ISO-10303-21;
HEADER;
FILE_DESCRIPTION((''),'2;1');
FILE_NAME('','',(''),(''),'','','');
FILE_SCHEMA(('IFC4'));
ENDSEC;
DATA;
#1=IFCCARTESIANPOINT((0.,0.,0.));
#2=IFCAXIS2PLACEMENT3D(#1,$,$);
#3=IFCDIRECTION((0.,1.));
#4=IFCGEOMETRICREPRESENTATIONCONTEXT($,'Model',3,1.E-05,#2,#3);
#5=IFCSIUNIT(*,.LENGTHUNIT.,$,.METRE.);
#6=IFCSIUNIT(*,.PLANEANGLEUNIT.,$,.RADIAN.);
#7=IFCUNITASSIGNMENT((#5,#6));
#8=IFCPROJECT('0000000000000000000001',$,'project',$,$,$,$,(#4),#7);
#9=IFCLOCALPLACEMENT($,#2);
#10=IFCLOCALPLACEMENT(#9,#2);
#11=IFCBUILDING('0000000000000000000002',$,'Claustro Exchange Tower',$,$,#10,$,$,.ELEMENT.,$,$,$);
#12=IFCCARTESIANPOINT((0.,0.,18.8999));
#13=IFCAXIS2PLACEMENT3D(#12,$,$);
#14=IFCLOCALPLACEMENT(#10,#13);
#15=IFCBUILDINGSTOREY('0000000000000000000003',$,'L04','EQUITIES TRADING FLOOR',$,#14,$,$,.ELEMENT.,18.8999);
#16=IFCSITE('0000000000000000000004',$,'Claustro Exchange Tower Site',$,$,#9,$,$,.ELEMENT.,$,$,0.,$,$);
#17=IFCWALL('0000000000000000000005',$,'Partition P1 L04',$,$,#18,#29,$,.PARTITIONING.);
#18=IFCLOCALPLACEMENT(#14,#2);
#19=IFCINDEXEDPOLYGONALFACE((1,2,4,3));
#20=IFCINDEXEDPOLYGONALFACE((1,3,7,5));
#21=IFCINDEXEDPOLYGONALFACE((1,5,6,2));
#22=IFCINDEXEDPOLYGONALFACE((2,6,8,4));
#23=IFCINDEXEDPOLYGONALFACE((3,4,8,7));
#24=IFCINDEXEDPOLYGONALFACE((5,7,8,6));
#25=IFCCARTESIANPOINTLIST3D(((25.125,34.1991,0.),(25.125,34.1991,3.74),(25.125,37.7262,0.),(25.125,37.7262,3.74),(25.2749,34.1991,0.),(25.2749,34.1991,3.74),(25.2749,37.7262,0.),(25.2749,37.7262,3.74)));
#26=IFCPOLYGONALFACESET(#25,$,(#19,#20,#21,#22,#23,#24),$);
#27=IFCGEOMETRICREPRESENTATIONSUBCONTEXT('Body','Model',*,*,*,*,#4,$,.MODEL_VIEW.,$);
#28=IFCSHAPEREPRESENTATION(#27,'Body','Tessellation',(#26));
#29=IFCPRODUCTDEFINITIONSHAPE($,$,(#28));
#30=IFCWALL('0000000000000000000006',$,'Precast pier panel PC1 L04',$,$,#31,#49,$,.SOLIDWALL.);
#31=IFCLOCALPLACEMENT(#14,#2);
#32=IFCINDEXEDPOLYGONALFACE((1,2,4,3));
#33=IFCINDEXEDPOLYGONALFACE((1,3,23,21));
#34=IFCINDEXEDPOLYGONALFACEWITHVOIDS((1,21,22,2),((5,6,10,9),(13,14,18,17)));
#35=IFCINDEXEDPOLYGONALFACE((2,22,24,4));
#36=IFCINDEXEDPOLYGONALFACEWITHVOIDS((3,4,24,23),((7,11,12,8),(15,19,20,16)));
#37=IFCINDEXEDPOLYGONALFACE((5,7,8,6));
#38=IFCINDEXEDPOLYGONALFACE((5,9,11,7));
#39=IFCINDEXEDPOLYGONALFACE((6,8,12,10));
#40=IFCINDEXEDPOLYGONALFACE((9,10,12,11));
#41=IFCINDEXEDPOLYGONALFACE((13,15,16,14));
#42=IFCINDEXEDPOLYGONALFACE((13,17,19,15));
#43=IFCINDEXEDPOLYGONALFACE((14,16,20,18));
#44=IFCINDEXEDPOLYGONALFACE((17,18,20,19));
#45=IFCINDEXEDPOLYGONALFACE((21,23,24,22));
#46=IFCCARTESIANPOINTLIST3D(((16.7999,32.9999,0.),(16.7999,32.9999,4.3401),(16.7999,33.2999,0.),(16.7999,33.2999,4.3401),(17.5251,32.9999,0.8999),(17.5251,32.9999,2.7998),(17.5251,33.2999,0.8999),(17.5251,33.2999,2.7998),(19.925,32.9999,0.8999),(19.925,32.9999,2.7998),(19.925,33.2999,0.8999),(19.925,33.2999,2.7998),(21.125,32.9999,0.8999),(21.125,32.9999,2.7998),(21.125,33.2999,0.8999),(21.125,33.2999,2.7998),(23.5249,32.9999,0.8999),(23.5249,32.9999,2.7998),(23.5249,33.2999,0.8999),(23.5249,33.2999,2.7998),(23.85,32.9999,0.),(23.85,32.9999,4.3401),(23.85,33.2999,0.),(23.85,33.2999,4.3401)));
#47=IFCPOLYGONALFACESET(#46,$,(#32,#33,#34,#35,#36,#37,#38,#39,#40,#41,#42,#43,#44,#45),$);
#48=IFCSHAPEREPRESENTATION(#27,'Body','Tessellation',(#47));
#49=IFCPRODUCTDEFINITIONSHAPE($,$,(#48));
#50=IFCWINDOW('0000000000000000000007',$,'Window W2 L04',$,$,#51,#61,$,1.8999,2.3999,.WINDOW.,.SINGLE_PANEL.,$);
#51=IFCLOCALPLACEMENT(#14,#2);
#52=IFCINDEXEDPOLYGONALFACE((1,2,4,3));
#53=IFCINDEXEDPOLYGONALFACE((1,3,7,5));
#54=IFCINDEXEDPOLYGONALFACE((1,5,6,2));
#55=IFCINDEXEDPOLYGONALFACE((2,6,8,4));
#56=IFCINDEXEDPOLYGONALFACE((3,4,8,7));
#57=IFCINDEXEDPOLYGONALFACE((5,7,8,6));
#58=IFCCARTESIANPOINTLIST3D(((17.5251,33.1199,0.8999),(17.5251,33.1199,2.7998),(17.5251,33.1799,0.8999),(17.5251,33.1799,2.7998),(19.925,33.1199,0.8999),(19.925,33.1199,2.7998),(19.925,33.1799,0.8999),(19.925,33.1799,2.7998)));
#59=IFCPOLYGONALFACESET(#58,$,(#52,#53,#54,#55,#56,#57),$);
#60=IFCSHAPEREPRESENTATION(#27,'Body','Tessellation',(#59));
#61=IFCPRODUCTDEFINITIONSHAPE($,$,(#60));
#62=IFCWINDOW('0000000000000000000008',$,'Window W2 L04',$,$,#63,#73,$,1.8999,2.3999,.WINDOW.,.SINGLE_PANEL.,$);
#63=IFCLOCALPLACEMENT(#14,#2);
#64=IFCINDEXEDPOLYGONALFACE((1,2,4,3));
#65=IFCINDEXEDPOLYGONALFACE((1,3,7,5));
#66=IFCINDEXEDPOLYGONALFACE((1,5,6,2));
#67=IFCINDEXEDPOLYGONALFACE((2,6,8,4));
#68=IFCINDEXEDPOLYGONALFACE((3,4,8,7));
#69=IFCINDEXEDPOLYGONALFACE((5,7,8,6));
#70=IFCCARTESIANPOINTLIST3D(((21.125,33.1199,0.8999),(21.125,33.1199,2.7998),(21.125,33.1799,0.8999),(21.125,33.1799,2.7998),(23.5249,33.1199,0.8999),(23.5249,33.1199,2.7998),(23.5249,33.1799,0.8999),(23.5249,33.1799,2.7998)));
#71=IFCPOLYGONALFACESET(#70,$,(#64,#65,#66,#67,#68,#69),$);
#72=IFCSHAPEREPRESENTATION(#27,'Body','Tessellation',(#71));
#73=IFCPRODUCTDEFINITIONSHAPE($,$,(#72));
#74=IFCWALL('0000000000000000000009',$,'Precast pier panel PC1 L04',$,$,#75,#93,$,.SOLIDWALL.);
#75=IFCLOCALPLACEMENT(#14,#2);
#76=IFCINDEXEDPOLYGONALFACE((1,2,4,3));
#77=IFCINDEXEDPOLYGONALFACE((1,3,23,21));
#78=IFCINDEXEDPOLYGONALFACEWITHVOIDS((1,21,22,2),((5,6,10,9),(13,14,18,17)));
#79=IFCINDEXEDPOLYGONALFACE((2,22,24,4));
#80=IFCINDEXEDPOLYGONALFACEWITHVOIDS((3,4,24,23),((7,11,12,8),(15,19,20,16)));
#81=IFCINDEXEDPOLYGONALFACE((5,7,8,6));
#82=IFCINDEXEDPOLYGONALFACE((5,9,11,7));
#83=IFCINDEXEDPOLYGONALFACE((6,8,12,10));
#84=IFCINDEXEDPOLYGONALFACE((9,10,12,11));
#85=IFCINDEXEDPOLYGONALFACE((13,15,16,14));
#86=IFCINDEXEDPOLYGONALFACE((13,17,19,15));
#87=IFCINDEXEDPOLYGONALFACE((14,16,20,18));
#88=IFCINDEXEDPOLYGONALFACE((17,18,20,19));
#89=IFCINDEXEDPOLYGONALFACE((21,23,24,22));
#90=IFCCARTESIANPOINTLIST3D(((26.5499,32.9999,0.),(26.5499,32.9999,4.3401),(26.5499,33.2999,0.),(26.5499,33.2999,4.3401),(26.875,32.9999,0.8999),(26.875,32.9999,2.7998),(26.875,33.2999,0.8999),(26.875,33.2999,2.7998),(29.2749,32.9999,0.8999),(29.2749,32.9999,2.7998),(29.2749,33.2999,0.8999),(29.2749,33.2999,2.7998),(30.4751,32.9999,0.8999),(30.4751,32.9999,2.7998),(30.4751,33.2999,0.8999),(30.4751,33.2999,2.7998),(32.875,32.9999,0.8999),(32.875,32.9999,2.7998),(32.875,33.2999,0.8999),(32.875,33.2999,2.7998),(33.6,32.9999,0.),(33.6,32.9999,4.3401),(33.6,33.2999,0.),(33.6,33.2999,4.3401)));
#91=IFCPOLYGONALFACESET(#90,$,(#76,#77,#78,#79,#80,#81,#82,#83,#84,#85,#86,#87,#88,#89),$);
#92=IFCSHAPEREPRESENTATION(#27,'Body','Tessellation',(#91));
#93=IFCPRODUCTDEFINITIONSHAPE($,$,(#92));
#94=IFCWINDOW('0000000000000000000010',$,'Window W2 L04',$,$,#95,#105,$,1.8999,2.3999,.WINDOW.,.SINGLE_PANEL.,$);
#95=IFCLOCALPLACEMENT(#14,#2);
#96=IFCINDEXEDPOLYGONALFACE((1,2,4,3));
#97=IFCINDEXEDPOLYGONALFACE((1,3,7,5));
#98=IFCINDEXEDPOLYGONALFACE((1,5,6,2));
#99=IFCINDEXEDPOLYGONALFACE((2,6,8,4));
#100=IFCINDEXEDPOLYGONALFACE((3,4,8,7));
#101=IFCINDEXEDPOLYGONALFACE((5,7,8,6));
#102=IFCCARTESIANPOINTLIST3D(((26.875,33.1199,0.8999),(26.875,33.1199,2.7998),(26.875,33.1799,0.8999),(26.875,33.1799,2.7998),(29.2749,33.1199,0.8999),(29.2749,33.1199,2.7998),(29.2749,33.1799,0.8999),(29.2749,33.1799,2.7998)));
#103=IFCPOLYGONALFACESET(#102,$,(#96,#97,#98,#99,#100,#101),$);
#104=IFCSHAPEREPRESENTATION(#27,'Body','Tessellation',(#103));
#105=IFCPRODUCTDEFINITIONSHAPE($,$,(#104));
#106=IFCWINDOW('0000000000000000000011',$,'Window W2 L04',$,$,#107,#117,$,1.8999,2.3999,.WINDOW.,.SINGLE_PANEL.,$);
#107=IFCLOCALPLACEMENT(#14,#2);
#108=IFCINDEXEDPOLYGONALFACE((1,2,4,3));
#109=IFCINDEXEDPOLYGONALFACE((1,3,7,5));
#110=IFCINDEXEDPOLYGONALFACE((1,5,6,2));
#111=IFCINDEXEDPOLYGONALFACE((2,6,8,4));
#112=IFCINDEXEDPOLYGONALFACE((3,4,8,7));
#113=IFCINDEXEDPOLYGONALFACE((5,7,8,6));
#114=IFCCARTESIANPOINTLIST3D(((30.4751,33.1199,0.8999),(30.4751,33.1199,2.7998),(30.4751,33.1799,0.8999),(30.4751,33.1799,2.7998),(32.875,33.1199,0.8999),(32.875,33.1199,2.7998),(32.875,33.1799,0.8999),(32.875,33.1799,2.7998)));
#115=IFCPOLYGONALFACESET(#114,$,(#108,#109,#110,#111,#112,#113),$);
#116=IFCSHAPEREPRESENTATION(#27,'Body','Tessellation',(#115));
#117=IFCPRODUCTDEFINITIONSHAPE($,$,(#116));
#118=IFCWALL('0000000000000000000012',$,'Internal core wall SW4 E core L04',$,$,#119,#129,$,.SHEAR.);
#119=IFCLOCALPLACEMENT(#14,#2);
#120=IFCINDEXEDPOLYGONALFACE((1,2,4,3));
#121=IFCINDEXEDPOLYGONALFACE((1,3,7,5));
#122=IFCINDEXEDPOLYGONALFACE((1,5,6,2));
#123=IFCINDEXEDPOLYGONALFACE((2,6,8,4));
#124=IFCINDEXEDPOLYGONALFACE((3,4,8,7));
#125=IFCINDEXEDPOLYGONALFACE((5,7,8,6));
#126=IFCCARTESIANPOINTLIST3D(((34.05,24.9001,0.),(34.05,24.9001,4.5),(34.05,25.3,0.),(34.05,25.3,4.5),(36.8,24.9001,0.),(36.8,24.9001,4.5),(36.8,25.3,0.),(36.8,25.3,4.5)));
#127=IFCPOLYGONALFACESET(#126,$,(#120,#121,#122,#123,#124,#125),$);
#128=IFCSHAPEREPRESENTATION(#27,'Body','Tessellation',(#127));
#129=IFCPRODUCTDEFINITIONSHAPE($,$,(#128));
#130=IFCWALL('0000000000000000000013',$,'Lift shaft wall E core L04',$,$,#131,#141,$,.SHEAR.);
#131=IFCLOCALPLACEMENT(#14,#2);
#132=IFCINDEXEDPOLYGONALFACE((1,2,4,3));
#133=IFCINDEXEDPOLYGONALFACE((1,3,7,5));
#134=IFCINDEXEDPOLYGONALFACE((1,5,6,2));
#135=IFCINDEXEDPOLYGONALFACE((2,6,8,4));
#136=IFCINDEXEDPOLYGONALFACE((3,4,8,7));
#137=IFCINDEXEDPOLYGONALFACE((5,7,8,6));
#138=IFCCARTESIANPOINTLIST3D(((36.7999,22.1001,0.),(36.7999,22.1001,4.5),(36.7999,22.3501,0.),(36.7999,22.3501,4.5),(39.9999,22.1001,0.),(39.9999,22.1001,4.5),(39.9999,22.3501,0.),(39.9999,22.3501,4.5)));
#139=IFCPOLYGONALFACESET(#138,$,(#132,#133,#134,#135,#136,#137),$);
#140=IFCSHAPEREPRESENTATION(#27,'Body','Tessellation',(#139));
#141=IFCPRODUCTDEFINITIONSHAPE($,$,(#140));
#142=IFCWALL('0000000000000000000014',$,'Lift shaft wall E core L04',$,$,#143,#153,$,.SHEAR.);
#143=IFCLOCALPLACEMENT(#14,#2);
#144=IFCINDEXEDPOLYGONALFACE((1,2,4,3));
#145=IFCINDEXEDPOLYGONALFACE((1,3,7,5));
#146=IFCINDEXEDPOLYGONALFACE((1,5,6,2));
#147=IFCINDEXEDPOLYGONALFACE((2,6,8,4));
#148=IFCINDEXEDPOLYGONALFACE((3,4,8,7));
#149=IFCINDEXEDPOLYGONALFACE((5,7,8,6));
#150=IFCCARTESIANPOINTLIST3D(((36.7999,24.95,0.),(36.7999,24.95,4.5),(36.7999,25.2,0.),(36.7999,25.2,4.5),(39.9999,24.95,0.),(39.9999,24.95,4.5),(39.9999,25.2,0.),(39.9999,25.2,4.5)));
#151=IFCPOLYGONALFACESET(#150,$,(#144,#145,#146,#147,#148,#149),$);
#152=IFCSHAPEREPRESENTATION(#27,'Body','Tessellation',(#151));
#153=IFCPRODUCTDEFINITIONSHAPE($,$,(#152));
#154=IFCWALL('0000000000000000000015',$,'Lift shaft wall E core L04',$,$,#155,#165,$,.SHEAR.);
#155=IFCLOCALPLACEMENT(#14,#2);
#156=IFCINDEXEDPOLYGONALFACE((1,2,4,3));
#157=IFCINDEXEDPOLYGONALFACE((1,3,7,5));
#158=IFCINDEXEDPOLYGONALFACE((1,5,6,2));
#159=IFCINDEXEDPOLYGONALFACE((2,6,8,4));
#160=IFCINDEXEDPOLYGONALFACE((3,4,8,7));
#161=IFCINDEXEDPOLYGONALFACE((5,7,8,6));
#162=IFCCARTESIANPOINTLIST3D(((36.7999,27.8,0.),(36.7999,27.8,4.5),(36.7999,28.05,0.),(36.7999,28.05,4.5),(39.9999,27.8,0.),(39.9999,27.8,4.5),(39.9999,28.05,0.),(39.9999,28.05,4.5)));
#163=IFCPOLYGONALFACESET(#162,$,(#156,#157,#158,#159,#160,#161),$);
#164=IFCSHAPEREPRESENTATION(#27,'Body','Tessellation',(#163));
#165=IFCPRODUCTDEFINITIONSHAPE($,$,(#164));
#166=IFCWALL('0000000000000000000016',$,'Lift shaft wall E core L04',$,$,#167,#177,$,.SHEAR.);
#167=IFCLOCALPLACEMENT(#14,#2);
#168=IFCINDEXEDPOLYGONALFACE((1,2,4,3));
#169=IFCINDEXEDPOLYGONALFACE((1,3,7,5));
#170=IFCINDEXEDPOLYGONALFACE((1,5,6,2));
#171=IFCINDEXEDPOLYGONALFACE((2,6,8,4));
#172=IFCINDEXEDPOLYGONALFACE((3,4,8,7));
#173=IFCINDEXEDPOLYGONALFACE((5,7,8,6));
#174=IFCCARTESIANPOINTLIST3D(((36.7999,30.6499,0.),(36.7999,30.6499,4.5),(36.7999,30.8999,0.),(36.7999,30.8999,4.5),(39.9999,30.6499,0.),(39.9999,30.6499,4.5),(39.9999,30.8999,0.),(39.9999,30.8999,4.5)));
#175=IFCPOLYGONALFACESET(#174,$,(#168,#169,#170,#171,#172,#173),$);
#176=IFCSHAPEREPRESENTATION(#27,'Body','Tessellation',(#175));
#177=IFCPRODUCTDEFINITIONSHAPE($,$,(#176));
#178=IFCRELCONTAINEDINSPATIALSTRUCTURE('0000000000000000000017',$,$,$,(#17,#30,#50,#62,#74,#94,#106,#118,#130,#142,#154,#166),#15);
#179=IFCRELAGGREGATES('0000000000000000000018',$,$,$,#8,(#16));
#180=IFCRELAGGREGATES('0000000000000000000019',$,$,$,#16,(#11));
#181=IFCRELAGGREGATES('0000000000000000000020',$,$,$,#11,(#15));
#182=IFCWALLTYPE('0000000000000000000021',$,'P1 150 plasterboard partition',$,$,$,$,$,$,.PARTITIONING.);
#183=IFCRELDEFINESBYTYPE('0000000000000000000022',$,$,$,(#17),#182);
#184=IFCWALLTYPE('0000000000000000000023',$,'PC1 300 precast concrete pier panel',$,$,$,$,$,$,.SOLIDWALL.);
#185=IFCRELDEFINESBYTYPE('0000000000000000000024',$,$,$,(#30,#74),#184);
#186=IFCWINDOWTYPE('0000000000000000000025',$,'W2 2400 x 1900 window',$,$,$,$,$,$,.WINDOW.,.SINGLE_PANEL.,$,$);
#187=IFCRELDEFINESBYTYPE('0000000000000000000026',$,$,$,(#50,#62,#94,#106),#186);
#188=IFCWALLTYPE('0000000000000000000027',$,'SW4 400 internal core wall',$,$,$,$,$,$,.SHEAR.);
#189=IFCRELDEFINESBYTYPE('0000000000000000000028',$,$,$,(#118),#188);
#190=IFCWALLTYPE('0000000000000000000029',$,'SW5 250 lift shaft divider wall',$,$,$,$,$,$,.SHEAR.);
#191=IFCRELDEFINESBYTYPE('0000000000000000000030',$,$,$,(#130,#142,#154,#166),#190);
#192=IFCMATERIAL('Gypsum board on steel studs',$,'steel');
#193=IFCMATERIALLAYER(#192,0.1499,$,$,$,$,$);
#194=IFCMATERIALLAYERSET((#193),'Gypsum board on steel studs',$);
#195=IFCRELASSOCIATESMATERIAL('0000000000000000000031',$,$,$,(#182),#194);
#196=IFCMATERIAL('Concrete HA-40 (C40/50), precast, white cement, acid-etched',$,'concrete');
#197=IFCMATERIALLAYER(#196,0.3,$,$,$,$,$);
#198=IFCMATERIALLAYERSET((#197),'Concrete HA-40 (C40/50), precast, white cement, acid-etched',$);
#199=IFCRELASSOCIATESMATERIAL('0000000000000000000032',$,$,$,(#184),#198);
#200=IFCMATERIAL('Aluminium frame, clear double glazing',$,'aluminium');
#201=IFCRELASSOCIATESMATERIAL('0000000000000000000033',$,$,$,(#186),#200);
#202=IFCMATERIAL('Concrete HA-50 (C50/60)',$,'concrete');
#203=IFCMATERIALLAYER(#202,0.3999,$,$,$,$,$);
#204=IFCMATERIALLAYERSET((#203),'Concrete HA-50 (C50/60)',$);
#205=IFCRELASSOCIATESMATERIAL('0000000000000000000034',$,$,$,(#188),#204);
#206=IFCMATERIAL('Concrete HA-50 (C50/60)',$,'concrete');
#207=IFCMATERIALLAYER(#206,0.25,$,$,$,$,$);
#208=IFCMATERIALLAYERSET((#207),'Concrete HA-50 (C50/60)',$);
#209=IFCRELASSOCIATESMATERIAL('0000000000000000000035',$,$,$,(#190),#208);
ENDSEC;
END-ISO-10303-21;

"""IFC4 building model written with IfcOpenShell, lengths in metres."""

from ifc_helpers import new_model, si_unit, direction, frame, frame_2d, origin, place, context, subcontext, project, spatial, rectangle, extrude, material, layer, layer_set, type_object, element, fill, save


model = new_model("IFC4")

# Units and contexts
model_context = context("Model", 3, precision=1e-05, world=origin(), true_north=direction((0.0, 1.0)))
body_context = subcontext(model_context, "Body", "Model", "MODEL_VIEW")
ifc_project = project(units=[si_unit("LENGTHUNIT", "METRE"), si_unit("PLANEANGLEUNIT", "RADIAN")], contexts=[model_context])

# Site, building, storey
site_placement = place(None, origin())
site = spatial("IfcSite", under=ifc_project, at=site_placement, Name="Claustro Exchange Tower Site", CompositionType="ELEMENT", RefElevation=0.0)
building_placement = place(site_placement, origin())
building = spatial("IfcBuilding", under=site, at=building_placement, Name="Claustro Exchange Tower", CompositionType="ELEMENT")
storey_placement = place(building_placement, frame((0.0, 0.0, 18.8999)))
storey = spatial("IfcBuildingStorey", under=building, at=storey_placement, Name="L04", Description="EQUITIES TRADING FLOOR", CompositionType="ELEMENT", Elevation=18.8999)

# Wall
ifc_material_1 = material(Name="Gypsum board on steel studs", Category="steel")
ifc_layer_1 = layer(ifc_material_1, 0.1499)
ifc_layer_set_1 = layer_set([ifc_layer_1], Name="Gypsum board on steel studs")
wall_type_1 = type_object("IfcWallType", Name="P1 150 plasterboard partition", PredefinedType="PARTITIONING", material=ifc_layer_set_1)
wall_1_placement = place(storey_placement, frame((25.2, 34.199, 0.0), z_axis=(0.0, 0.0, 1.0), x_axis=(0.0, 1.0, 0.0)))
element("IfcWall", 1, at=wall_1_placement, inside=storey, type_object=wall_type_1, Name="Partition P1 L04", PredefinedType="PARTITIONING", context=body_context, shape_type="SweptSolid", body=[
    extrude(rectangle(XDim=3.5271, YDim=0.1499, at=frame_2d((1.7637, 0.0))), origin(), (0.0, 0.0, 1.0), 3.74),
])

# Walls, openings, windows
ifc_material_2 = material(Name="Concrete HA-40 (C40/50), precast, white cement, acid-etched", Category="concrete")
ifc_layer_2 = layer(ifc_material_2, 0.3)
ifc_layer_set_2 = layer_set([ifc_layer_2], Name="Concrete HA-40 (C40/50), precast, white cement, acid-etched")
wall_type_2 = type_object("IfcWallType", Name="PC1 300 precast concrete pier panel", PredefinedType="SOLIDWALL", material=ifc_layer_set_2)
wall_2_placement = place(storey_placement, frame((16.8, 33.1499, 0.0), z_axis=(0.0, 0.0, 1.0), x_axis=(1.0, 0.0, 0.0)))
wall_2 = element("IfcWall", 2, at=wall_2_placement, inside=storey, type_object=wall_type_2, Name="Precast pier panel PC1 L04", PredefinedType="SOLIDWALL", context=body_context, shape_type="SweptSolid", body=[
    extrude(rectangle(XDim=7.05, YDim=0.3, at=frame_2d((3.5249, 0.0))), origin(), (0.0, 0.0, 1.0), 4.3401),
])
opening_1_placement = place(wall_2_placement, frame((0.7251, 0.0, 0.8999)))
opening_1 = element("IfcOpeningElement", 3, at=opening_1_placement, cuts=wall_2, PredefinedType="OPENING", context=body_context, shape_type="SweptSolid", body=[
    extrude(rectangle(XDim=2.3999, YDim=1.8999, at=frame_2d((1.2, 0.95))), frame((0.0, 0.1599, 0.0), z_axis=(0.0, -1.0, 0.0), x_axis=(1.0, 0.0, 0.0)), (0.0, 0.0, 1.0), 0.3201),
])
opening_2_placement = place(wall_2_placement, frame((4.325, 0.0, 0.8999)))
opening_2 = element("IfcOpeningElement", 4, at=opening_2_placement, cuts=wall_2, PredefinedType="OPENING", context=body_context, shape_type="SweptSolid", body=[
    extrude(rectangle(XDim=2.3999, YDim=1.8999, at=frame_2d((1.2, 0.95))), frame((0.0, 0.1599, 0.0), z_axis=(0.0, -1.0, 0.0), x_axis=(1.0, 0.0, 0.0)), (0.0, 0.0, 1.0), 0.3201),
])
ifc_material_3 = material(Name="Aluminium frame, clear double glazing", Category="aluminium")
window_type = type_object("IfcWindowType", Name="W2 2400 x 1900 window", PartitioningType="SINGLE_PANEL", PredefinedType="WINDOW", material=ifc_material_3)
window_1_placement = place(opening_1_placement, origin())
window_1 = element("IfcWindow", 5, at=window_1_placement, inside=storey, type_object=window_type, Name="Window W2 L04", OverallHeight=1.8999, OverallWidth=2.3999, PartitioningType="SINGLE_PANEL", PredefinedType="WINDOW", context=body_context, shape_type="SweptSolid", body=[
    extrude(rectangle(XDim=2.3999, YDim=1.8999, at=frame_2d((1.2, 0.95))), frame((0.0, 0.03, 0.0), z_axis=(0.0, -1.0, 0.0), x_axis=(1.0, 0.0, 0.0)), (0.0, 0.0, 1.0), 0.0601),
])
fill(opening_1, window_1)
window_2_placement = place(opening_2_placement, origin())
window_2 = element("IfcWindow", 6, at=window_2_placement, inside=storey, type_object=window_type, Name="Window W2 L04", OverallHeight=1.8999, OverallWidth=2.3999, PartitioningType="SINGLE_PANEL", PredefinedType="WINDOW", context=body_context, shape_type="SweptSolid", body=[
    extrude(rectangle(XDim=2.3999, YDim=1.8999, at=frame_2d((1.2, 0.95))), frame((0.0, 0.03, 0.0), z_axis=(0.0, -1.0, 0.0), x_axis=(1.0, 0.0, 0.0)), (0.0, 0.0, 1.0), 0.0601),
])
fill(opening_2, window_2)
wall_3_placement = place(storey_placement, frame((26.55, 33.1499, 0.0), z_axis=(0.0, 0.0, 1.0), x_axis=(1.0, 0.0, 0.0)))
wall_3 = element("IfcWall", 7, at=wall_3_placement, inside=storey, type_object=wall_type_2, Name="Precast pier panel PC1 L04", PredefinedType="SOLIDWALL", context=body_context, shape_type="SweptSolid", body=[
    extrude(rectangle(XDim=7.05, YDim=0.3, at=frame_2d((3.5249, 0.0))), origin(), (0.0, 0.0, 1.0), 4.3401),
])
opening_3_placement = place(wall_3_placement, frame((0.325, 0.0, 0.8999)))
opening_3 = element("IfcOpeningElement", 8, at=opening_3_placement, cuts=wall_3, PredefinedType="OPENING", context=body_context, shape_type="SweptSolid", body=[
    extrude(rectangle(XDim=2.3999, YDim=1.8999, at=frame_2d((1.2, 0.95))), frame((0.0, 0.1599, 0.0), z_axis=(0.0, -1.0, 0.0), x_axis=(1.0, 0.0, 0.0)), (0.0, 0.0, 1.0), 0.3201),
])
opening_4_placement = place(wall_3_placement, frame((3.925, 0.0, 0.8999)))
opening_4 = element("IfcOpeningElement", 9, at=opening_4_placement, cuts=wall_3, PredefinedType="OPENING", context=body_context, shape_type="SweptSolid", body=[
    extrude(rectangle(XDim=2.3999, YDim=1.8999, at=frame_2d((1.2, 0.95))), frame((0.0, 0.1599, 0.0), z_axis=(0.0, -1.0, 0.0), x_axis=(1.0, 0.0, 0.0)), (0.0, 0.0, 1.0), 0.3201),
])
window_3_placement = place(opening_3_placement, origin())
window_3 = element("IfcWindow", 10, at=window_3_placement, inside=storey, type_object=window_type, Name="Window W2 L04", OverallHeight=1.8999, OverallWidth=2.3999, PartitioningType="SINGLE_PANEL", PredefinedType="WINDOW", context=body_context, shape_type="SweptSolid", body=[
    extrude(rectangle(XDim=2.3999, YDim=1.8999, at=frame_2d((1.2, 0.95))), frame((0.0, 0.03, 0.0), z_axis=(0.0, -1.0, 0.0), x_axis=(1.0, 0.0, 0.0)), (0.0, 0.0, 1.0), 0.0601),
])
fill(opening_3, window_3)
window_4_placement = place(opening_4_placement, origin())
window_4 = element("IfcWindow", 11, at=window_4_placement, inside=storey, type_object=window_type, Name="Window W2 L04", OverallHeight=1.8999, OverallWidth=2.3999, PartitioningType="SINGLE_PANEL", PredefinedType="WINDOW", context=body_context, shape_type="SweptSolid", body=[
    extrude(rectangle(XDim=2.3999, YDim=1.8999, at=frame_2d((1.2, 0.95))), frame((0.0, 0.03, 0.0), z_axis=(0.0, -1.0, 0.0), x_axis=(1.0, 0.0, 0.0)), (0.0, 0.0, 1.0), 0.0601),
])
fill(opening_4, window_4)

# Walls
ifc_material_4 = material(Name="Concrete HA-50 (C50/60)", Category="concrete")
ifc_layer_3 = layer(ifc_material_4, 0.3999)
ifc_layer_set_3 = layer_set([ifc_layer_3], Name="Concrete HA-50 (C50/60)")
wall_type_3 = type_object("IfcWallType", Name="SW4 400 internal core wall", PredefinedType="SHEAR", material=ifc_layer_set_3)
wall_4_placement = place(storey_placement, frame((36.8, 25.1001, 0.0), z_axis=(0.0, 0.0, 1.0), x_axis=(-1.0, 0.0, 0.0)))
element("IfcWall", 12, at=wall_4_placement, inside=storey, type_object=wall_type_3, Name="Internal core wall SW4 E core L04", PredefinedType="SHEAR", context=body_context, shape_type="SweptSolid", body=[
    extrude(rectangle(XDim=2.75, YDim=0.3999, at=frame_2d((1.375, 0.0))), origin(), (0.0, 0.0, 1.0), 4.5),
])
ifc_material_5 = material(Name="Concrete HA-50 (C50/60)", Category="concrete")
ifc_layer_4 = layer(ifc_material_5, 0.25)
ifc_layer_set_4 = layer_set([ifc_layer_4], Name="Concrete HA-50 (C50/60)")
wall_type_4 = type_object("IfcWallType", Name="SW5 250 lift shaft divider wall", PredefinedType="SHEAR", material=ifc_layer_set_4)
for number, where, z_axis, x_axis, name in (
    (13, (40.0, 22.2251, 0.0), (0.0, 0.0, 1.0), (-1.0, 0.0, 0.0), "Lift shaft wall E core L04"),
    (14, (40.0, 25.075, 0.0), (0.0, 0.0, 1.0), (-1.0, 0.0, 0.0), "Lift shaft wall E core L04"),
    (15, (40.0, 27.925, 0.0), (0.0, 0.0, 1.0), (-1.0, 0.0, 0.0), "Lift shaft wall E core L04"),
    (16, (40.0, 30.7749, 0.0), (0.0, 0.0, 1.0), (-1.0, 0.0, 0.0), "Lift shaft wall E core L04"),
):
    element("IfcWall", number, at=place(storey_placement, frame(where, z_axis=z_axis, x_axis=x_axis)), inside=storey, type_object=wall_type_4, Name=name, PredefinedType="SHEAR", context=body_context, shape_type="SweptSolid", body=[
        extrude(rectangle(XDim=3.2, YDim=0.25, at=frame_2d((1.6001, 0.0))), origin(), (0.0, 0.0, 1.0), 4.5),
    ])

save(model, "model.ifc")
